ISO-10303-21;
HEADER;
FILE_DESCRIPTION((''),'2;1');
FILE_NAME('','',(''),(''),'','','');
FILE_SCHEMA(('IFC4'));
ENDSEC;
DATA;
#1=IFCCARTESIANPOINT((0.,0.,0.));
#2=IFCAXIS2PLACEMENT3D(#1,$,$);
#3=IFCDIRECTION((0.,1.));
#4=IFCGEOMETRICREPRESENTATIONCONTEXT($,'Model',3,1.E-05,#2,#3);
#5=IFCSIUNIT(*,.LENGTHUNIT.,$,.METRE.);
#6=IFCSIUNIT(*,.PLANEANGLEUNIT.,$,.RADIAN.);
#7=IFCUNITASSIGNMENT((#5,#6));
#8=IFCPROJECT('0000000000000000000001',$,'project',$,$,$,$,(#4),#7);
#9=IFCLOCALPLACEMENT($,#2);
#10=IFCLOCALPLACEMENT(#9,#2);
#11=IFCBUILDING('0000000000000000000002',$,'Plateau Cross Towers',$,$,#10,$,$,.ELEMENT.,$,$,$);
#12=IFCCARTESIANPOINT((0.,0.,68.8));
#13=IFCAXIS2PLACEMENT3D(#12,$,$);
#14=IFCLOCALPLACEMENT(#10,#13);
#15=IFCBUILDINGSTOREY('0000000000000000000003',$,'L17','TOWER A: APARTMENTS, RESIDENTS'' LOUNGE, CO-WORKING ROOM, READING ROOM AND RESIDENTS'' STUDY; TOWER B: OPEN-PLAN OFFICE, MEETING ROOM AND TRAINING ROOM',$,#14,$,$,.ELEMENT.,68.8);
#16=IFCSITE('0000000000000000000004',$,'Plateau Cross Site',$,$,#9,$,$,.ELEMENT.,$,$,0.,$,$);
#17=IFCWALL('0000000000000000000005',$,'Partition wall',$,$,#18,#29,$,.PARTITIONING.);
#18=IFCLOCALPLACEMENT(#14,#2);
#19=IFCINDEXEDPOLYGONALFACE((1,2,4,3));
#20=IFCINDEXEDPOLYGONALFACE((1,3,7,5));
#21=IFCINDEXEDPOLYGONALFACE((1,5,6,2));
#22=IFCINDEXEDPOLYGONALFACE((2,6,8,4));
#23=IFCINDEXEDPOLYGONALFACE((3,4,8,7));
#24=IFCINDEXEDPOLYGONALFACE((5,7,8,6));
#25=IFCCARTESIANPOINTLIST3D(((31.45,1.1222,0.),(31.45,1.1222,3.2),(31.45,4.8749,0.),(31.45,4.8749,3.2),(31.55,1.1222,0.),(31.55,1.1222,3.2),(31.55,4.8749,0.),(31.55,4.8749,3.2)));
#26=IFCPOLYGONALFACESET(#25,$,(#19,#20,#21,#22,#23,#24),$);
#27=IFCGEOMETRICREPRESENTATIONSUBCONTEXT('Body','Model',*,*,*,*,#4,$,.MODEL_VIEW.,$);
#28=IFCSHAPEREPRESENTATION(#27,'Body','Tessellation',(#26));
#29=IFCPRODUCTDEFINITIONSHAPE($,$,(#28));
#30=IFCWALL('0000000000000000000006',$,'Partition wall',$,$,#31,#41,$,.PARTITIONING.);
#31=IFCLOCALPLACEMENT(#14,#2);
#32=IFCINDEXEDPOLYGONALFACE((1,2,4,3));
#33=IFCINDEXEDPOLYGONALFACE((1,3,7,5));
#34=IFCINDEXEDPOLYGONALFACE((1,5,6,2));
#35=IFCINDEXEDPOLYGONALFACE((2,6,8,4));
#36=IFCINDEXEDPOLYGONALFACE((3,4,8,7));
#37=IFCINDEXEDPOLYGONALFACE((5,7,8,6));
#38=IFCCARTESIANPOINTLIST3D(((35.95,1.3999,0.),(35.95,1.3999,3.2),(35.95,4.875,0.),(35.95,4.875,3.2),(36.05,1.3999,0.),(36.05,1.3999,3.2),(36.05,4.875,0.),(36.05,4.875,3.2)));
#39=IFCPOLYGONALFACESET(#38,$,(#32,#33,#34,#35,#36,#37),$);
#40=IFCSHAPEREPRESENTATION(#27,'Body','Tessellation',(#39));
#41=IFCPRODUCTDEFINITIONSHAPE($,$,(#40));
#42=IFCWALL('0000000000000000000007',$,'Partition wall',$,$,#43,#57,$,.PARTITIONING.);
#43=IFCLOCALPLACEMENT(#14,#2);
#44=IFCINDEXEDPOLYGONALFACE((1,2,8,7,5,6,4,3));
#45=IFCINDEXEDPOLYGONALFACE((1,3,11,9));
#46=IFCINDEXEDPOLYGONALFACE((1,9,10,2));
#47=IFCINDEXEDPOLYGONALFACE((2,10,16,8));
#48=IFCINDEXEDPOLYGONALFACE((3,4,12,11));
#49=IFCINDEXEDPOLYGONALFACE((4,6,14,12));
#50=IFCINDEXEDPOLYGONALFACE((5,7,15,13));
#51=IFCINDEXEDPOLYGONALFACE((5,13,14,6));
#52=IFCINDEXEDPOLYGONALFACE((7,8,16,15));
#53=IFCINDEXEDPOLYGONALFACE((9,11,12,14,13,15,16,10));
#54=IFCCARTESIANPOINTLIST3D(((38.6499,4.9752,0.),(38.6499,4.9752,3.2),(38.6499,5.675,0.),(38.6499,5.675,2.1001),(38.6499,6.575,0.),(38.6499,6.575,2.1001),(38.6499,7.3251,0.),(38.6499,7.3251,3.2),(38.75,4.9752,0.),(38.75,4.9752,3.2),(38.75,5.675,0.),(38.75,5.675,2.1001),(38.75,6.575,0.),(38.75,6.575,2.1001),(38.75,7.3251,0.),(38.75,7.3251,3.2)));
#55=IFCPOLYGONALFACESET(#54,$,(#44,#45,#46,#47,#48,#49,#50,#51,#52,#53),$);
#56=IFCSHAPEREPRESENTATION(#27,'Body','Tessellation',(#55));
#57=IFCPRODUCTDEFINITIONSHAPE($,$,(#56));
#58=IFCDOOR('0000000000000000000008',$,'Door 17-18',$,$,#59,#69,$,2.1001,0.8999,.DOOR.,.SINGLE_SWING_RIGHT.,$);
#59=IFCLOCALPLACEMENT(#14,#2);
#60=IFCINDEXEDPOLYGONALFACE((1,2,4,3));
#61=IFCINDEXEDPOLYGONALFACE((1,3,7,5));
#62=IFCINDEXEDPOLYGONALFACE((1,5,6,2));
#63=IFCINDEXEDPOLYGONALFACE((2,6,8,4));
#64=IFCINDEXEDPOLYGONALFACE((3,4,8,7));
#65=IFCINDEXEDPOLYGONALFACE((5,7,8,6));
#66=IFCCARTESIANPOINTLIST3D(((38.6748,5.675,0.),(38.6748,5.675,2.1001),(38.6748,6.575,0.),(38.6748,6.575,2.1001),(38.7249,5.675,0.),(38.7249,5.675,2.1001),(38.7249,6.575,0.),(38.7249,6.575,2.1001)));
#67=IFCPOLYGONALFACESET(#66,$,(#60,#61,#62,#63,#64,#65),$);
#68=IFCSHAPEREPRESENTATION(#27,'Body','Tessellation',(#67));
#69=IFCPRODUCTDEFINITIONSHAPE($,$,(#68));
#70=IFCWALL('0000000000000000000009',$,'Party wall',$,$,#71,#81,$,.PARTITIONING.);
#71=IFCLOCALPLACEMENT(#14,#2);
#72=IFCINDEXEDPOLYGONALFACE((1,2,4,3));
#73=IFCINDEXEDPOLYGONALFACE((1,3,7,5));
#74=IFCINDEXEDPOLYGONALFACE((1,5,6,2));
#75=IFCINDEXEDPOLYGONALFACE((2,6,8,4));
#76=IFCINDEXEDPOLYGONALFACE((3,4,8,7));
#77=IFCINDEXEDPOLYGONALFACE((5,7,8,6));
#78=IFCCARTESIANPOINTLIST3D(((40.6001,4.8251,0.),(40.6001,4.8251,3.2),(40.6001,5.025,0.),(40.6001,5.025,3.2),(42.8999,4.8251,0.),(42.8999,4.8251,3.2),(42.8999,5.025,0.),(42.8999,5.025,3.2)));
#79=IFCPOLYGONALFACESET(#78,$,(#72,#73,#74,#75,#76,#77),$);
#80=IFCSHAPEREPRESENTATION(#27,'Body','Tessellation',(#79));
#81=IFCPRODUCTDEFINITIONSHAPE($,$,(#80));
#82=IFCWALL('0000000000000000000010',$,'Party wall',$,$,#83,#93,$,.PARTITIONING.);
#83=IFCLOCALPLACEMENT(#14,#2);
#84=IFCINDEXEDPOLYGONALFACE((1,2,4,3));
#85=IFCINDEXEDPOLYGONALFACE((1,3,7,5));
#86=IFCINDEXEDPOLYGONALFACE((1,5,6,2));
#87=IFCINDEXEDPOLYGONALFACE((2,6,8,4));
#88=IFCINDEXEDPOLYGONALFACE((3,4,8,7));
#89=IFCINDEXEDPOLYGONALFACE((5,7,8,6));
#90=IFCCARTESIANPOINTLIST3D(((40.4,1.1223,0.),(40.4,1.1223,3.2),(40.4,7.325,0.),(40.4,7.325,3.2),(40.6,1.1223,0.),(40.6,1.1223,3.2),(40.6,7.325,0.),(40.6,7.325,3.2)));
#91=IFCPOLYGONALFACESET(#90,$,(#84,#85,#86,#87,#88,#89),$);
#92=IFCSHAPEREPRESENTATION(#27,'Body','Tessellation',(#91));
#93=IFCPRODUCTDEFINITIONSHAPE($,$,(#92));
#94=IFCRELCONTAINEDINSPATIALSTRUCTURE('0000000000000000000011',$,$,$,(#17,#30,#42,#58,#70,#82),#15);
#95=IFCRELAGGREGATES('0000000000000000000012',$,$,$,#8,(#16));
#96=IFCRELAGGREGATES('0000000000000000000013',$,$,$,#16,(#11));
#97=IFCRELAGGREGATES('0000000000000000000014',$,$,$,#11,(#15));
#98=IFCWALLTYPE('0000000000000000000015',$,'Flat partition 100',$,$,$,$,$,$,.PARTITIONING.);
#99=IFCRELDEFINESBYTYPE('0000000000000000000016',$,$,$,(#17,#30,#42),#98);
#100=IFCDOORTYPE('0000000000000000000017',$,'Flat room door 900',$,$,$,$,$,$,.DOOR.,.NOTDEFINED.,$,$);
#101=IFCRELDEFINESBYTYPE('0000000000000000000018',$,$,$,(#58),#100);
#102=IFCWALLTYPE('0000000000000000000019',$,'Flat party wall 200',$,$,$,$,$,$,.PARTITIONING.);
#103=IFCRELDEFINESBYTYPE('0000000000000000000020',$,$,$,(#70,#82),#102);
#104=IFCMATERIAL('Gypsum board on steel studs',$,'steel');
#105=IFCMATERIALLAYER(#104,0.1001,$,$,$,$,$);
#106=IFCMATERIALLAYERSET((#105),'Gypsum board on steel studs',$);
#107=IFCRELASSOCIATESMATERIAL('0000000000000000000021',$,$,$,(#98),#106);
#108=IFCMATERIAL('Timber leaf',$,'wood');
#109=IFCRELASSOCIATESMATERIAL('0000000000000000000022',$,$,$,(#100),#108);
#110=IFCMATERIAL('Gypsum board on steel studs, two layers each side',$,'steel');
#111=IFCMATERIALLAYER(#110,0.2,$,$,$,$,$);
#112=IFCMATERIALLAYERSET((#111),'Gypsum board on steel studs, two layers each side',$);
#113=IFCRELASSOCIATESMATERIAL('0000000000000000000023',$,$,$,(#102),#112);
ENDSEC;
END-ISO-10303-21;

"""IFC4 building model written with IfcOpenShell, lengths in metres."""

from ifc_helpers import new_model, si_unit, direction, frame, frame_2d, origin, place, context, subcontext, project, spatial, rectangle, extrude, material, layer, layer_set, type_object, element, fill, save


model = new_model("IFC4")

# Units and contexts
model_context = context("Model", 3, precision=1e-05, world=origin(), true_north=direction((0.0, 1.0)))
body_context = subcontext(model_context, "Body", "Model", "MODEL_VIEW")
ifc_project = project(units=[si_unit("LENGTHUNIT", "METRE"), si_unit("PLANEANGLEUNIT", "RADIAN")], contexts=[model_context])

# Site, building, storey
site_placement = place(None, origin())
site = spatial("IfcSite", under=ifc_project, at=site_placement, Name="Plateau Cross Site", CompositionType="ELEMENT", RefElevation=0.0)
building_placement = place(site_placement, origin())
building = spatial("IfcBuilding", under=site, at=building_placement, Name="Plateau Cross Towers", CompositionType="ELEMENT")
storey_placement = place(building_placement, frame((0.0, 0.0, 68.8)))
storey = spatial("IfcBuildingStorey", under=building, at=storey_placement, Name="L17", Description="TOWER A: APARTMENTS, RESIDENTS' LOUNGE, CO-WORKING ROOM, READING ROOM AND RESIDENTS' STUDY; TOWER B: OPEN-PLAN OFFICE, MEETING ROOM AND TRAINING ROOM", CompositionType="ELEMENT", Elevation=68.8)

# Shared definitions
ifc_material_1 = material(Name="Gypsum board on steel studs", Category="steel")
ifc_layer_1 = layer(ifc_material_1, 0.1001)
ifc_layer_set_1 = layer_set([ifc_layer_1], Name="Gypsum board on steel studs")
wall_type_1 = type_object("IfcWallType", Name="Flat partition 100", PredefinedType="PARTITIONING", material=ifc_layer_set_1)
ifc_material_2 = material(Name="Timber leaf", Category="wood")
door_type = type_object("IfcDoorType", Name="Flat room door 900", OperationType="NOTDEFINED", PredefinedType="DOOR", material=ifc_material_2)

# Walls
wall_1_placement = place(storey_placement, frame((31.5, 4.875, 0.0), z_axis=(0.0, 0.0, 1.0), x_axis=(0.0, -1.0, 0.0)))
element("IfcWall", 1, at=wall_1_placement, inside=storey, type_object=wall_type_1, Name="Partition wall", PredefinedType="PARTITIONING", context=body_context, shape_type="SweptSolid", body=[
    extrude(rectangle(XDim=3.7527, YDim=0.1001, at=frame_2d((1.8765, 0.0))), origin(), (0.0, 0.0, 1.0), 3.2),
])
wall_2_placement = place(storey_placement, frame((36.0, 1.3999, 0.0), z_axis=(0.0, 0.0, 1.0), x_axis=(0.0, 1.0, 0.0)))
element("IfcWall", 2, at=wall_2_placement, inside=storey, type_object=wall_type_1, Name="Partition wall", PredefinedType="PARTITIONING", context=body_context, shape_type="SweptSolid", body=[
    extrude(rectangle(XDim=3.4751, YDim=0.1001, at=frame_2d((1.7375, 0.0))), origin(), (0.0, 0.0, 1.0), 3.2),
])

# Wall, opening, door
wall_3_placement = place(storey_placement, frame((38.7, 7.325, 0.0), z_axis=(0.0, 0.0, 1.0), x_axis=(0.0, -1.0, 0.0)))
wall_3 = element("IfcWall", 3, at=wall_3_placement, inside=storey, type_object=wall_type_1, Name="Partition wall", PredefinedType="PARTITIONING", context=body_context, shape_type="SweptSolid", body=[
    extrude(rectangle(XDim=2.3499, YDim=0.1001, at=frame_2d((1.1748, 0.0))), origin(), (0.0, 0.0, 1.0), 3.2),
])
opening_1_placement = place(wall_3_placement, frame((0.75, 0.0, 0.0)))
opening_1 = element("IfcOpeningElement", 4, at=opening_1_placement, cuts=wall_3, PredefinedType="OPENING", context=body_context, shape_type="SweptSolid", body=[
    extrude(rectangle(XDim=0.8999, YDim=2.1001, at=frame_2d((0.45, 1.05))), frame((0.0, 0.0601, 0.0), z_axis=(0.0, -1.0, 0.0), x_axis=(1.0, 0.0, 0.0)), (0.0, 0.0, 1.0), 0.1201),
])
door_1_placement = place(opening_1_placement, origin())
door_1 = element("IfcDoor", 5, at=door_1_placement, inside=storey, type_object=door_type, Name="Door 17-18", OperationType="SINGLE_SWING_RIGHT", OverallHeight=2.1001, OverallWidth=0.8999, PredefinedType="DOOR", context=body_context, shape_type="SweptSolid", body=[
    extrude(rectangle(XDim=0.8999, YDim=2.1001, at=frame_2d((0.45, 1.05))), frame((0.0, 0.0249, 0.0), z_axis=(0.0, -1.0, 0.0), x_axis=(1.0, 0.0, 0.0)), (0.0, 0.0, 1.0), 0.05),
])
fill(opening_1, door_1)

# Walls
ifc_material_3 = material(Name="Gypsum board on steel studs, two layers each side", Category="steel")
ifc_layer_2 = layer(ifc_material_3, 0.2)
ifc_layer_set_2 = layer_set([ifc_layer_2], Name="Gypsum board on steel studs, two layers each side")
wall_type_2 = type_object("IfcWallType", Name="Flat party wall 200", PredefinedType="PARTITIONING", material=ifc_layer_set_2)
wall_4_placement = place(storey_placement, frame((40.6001, 4.925, 0.0), z_axis=(0.0, 0.0, 1.0), x_axis=(1.0, 0.0, 0.0)))
element("IfcWall", 6, at=wall_4_placement, inside=storey, type_object=wall_type_2, Name="Party wall", PredefinedType="PARTITIONING", context=body_context, shape_type="SweptSolid", body=[
    extrude(rectangle(XDim=2.2998, YDim=0.2, at=frame_2d((1.1499, 0.0))), origin(), (0.0, 0.0, 1.0), 3.2),
])
wall_5_placement = place(storey_placement, frame((40.5, 1.1223, 0.0), z_axis=(0.0, 0.0, 1.0), x_axis=(0.0, 1.0, 0.0)))
element("IfcWall", 7, at=wall_5_placement, inside=storey, type_object=wall_type_2, Name="Party wall", PredefinedType="PARTITIONING", context=body_context, shape_type="SweptSolid", body=[
    extrude(rectangle(XDim=6.2026, YDim=0.2, at=frame_2d((3.1013, 0.0))), origin(), (0.0, 0.0, 1.0), 3.2),
])

save(model, "model.ifc")
